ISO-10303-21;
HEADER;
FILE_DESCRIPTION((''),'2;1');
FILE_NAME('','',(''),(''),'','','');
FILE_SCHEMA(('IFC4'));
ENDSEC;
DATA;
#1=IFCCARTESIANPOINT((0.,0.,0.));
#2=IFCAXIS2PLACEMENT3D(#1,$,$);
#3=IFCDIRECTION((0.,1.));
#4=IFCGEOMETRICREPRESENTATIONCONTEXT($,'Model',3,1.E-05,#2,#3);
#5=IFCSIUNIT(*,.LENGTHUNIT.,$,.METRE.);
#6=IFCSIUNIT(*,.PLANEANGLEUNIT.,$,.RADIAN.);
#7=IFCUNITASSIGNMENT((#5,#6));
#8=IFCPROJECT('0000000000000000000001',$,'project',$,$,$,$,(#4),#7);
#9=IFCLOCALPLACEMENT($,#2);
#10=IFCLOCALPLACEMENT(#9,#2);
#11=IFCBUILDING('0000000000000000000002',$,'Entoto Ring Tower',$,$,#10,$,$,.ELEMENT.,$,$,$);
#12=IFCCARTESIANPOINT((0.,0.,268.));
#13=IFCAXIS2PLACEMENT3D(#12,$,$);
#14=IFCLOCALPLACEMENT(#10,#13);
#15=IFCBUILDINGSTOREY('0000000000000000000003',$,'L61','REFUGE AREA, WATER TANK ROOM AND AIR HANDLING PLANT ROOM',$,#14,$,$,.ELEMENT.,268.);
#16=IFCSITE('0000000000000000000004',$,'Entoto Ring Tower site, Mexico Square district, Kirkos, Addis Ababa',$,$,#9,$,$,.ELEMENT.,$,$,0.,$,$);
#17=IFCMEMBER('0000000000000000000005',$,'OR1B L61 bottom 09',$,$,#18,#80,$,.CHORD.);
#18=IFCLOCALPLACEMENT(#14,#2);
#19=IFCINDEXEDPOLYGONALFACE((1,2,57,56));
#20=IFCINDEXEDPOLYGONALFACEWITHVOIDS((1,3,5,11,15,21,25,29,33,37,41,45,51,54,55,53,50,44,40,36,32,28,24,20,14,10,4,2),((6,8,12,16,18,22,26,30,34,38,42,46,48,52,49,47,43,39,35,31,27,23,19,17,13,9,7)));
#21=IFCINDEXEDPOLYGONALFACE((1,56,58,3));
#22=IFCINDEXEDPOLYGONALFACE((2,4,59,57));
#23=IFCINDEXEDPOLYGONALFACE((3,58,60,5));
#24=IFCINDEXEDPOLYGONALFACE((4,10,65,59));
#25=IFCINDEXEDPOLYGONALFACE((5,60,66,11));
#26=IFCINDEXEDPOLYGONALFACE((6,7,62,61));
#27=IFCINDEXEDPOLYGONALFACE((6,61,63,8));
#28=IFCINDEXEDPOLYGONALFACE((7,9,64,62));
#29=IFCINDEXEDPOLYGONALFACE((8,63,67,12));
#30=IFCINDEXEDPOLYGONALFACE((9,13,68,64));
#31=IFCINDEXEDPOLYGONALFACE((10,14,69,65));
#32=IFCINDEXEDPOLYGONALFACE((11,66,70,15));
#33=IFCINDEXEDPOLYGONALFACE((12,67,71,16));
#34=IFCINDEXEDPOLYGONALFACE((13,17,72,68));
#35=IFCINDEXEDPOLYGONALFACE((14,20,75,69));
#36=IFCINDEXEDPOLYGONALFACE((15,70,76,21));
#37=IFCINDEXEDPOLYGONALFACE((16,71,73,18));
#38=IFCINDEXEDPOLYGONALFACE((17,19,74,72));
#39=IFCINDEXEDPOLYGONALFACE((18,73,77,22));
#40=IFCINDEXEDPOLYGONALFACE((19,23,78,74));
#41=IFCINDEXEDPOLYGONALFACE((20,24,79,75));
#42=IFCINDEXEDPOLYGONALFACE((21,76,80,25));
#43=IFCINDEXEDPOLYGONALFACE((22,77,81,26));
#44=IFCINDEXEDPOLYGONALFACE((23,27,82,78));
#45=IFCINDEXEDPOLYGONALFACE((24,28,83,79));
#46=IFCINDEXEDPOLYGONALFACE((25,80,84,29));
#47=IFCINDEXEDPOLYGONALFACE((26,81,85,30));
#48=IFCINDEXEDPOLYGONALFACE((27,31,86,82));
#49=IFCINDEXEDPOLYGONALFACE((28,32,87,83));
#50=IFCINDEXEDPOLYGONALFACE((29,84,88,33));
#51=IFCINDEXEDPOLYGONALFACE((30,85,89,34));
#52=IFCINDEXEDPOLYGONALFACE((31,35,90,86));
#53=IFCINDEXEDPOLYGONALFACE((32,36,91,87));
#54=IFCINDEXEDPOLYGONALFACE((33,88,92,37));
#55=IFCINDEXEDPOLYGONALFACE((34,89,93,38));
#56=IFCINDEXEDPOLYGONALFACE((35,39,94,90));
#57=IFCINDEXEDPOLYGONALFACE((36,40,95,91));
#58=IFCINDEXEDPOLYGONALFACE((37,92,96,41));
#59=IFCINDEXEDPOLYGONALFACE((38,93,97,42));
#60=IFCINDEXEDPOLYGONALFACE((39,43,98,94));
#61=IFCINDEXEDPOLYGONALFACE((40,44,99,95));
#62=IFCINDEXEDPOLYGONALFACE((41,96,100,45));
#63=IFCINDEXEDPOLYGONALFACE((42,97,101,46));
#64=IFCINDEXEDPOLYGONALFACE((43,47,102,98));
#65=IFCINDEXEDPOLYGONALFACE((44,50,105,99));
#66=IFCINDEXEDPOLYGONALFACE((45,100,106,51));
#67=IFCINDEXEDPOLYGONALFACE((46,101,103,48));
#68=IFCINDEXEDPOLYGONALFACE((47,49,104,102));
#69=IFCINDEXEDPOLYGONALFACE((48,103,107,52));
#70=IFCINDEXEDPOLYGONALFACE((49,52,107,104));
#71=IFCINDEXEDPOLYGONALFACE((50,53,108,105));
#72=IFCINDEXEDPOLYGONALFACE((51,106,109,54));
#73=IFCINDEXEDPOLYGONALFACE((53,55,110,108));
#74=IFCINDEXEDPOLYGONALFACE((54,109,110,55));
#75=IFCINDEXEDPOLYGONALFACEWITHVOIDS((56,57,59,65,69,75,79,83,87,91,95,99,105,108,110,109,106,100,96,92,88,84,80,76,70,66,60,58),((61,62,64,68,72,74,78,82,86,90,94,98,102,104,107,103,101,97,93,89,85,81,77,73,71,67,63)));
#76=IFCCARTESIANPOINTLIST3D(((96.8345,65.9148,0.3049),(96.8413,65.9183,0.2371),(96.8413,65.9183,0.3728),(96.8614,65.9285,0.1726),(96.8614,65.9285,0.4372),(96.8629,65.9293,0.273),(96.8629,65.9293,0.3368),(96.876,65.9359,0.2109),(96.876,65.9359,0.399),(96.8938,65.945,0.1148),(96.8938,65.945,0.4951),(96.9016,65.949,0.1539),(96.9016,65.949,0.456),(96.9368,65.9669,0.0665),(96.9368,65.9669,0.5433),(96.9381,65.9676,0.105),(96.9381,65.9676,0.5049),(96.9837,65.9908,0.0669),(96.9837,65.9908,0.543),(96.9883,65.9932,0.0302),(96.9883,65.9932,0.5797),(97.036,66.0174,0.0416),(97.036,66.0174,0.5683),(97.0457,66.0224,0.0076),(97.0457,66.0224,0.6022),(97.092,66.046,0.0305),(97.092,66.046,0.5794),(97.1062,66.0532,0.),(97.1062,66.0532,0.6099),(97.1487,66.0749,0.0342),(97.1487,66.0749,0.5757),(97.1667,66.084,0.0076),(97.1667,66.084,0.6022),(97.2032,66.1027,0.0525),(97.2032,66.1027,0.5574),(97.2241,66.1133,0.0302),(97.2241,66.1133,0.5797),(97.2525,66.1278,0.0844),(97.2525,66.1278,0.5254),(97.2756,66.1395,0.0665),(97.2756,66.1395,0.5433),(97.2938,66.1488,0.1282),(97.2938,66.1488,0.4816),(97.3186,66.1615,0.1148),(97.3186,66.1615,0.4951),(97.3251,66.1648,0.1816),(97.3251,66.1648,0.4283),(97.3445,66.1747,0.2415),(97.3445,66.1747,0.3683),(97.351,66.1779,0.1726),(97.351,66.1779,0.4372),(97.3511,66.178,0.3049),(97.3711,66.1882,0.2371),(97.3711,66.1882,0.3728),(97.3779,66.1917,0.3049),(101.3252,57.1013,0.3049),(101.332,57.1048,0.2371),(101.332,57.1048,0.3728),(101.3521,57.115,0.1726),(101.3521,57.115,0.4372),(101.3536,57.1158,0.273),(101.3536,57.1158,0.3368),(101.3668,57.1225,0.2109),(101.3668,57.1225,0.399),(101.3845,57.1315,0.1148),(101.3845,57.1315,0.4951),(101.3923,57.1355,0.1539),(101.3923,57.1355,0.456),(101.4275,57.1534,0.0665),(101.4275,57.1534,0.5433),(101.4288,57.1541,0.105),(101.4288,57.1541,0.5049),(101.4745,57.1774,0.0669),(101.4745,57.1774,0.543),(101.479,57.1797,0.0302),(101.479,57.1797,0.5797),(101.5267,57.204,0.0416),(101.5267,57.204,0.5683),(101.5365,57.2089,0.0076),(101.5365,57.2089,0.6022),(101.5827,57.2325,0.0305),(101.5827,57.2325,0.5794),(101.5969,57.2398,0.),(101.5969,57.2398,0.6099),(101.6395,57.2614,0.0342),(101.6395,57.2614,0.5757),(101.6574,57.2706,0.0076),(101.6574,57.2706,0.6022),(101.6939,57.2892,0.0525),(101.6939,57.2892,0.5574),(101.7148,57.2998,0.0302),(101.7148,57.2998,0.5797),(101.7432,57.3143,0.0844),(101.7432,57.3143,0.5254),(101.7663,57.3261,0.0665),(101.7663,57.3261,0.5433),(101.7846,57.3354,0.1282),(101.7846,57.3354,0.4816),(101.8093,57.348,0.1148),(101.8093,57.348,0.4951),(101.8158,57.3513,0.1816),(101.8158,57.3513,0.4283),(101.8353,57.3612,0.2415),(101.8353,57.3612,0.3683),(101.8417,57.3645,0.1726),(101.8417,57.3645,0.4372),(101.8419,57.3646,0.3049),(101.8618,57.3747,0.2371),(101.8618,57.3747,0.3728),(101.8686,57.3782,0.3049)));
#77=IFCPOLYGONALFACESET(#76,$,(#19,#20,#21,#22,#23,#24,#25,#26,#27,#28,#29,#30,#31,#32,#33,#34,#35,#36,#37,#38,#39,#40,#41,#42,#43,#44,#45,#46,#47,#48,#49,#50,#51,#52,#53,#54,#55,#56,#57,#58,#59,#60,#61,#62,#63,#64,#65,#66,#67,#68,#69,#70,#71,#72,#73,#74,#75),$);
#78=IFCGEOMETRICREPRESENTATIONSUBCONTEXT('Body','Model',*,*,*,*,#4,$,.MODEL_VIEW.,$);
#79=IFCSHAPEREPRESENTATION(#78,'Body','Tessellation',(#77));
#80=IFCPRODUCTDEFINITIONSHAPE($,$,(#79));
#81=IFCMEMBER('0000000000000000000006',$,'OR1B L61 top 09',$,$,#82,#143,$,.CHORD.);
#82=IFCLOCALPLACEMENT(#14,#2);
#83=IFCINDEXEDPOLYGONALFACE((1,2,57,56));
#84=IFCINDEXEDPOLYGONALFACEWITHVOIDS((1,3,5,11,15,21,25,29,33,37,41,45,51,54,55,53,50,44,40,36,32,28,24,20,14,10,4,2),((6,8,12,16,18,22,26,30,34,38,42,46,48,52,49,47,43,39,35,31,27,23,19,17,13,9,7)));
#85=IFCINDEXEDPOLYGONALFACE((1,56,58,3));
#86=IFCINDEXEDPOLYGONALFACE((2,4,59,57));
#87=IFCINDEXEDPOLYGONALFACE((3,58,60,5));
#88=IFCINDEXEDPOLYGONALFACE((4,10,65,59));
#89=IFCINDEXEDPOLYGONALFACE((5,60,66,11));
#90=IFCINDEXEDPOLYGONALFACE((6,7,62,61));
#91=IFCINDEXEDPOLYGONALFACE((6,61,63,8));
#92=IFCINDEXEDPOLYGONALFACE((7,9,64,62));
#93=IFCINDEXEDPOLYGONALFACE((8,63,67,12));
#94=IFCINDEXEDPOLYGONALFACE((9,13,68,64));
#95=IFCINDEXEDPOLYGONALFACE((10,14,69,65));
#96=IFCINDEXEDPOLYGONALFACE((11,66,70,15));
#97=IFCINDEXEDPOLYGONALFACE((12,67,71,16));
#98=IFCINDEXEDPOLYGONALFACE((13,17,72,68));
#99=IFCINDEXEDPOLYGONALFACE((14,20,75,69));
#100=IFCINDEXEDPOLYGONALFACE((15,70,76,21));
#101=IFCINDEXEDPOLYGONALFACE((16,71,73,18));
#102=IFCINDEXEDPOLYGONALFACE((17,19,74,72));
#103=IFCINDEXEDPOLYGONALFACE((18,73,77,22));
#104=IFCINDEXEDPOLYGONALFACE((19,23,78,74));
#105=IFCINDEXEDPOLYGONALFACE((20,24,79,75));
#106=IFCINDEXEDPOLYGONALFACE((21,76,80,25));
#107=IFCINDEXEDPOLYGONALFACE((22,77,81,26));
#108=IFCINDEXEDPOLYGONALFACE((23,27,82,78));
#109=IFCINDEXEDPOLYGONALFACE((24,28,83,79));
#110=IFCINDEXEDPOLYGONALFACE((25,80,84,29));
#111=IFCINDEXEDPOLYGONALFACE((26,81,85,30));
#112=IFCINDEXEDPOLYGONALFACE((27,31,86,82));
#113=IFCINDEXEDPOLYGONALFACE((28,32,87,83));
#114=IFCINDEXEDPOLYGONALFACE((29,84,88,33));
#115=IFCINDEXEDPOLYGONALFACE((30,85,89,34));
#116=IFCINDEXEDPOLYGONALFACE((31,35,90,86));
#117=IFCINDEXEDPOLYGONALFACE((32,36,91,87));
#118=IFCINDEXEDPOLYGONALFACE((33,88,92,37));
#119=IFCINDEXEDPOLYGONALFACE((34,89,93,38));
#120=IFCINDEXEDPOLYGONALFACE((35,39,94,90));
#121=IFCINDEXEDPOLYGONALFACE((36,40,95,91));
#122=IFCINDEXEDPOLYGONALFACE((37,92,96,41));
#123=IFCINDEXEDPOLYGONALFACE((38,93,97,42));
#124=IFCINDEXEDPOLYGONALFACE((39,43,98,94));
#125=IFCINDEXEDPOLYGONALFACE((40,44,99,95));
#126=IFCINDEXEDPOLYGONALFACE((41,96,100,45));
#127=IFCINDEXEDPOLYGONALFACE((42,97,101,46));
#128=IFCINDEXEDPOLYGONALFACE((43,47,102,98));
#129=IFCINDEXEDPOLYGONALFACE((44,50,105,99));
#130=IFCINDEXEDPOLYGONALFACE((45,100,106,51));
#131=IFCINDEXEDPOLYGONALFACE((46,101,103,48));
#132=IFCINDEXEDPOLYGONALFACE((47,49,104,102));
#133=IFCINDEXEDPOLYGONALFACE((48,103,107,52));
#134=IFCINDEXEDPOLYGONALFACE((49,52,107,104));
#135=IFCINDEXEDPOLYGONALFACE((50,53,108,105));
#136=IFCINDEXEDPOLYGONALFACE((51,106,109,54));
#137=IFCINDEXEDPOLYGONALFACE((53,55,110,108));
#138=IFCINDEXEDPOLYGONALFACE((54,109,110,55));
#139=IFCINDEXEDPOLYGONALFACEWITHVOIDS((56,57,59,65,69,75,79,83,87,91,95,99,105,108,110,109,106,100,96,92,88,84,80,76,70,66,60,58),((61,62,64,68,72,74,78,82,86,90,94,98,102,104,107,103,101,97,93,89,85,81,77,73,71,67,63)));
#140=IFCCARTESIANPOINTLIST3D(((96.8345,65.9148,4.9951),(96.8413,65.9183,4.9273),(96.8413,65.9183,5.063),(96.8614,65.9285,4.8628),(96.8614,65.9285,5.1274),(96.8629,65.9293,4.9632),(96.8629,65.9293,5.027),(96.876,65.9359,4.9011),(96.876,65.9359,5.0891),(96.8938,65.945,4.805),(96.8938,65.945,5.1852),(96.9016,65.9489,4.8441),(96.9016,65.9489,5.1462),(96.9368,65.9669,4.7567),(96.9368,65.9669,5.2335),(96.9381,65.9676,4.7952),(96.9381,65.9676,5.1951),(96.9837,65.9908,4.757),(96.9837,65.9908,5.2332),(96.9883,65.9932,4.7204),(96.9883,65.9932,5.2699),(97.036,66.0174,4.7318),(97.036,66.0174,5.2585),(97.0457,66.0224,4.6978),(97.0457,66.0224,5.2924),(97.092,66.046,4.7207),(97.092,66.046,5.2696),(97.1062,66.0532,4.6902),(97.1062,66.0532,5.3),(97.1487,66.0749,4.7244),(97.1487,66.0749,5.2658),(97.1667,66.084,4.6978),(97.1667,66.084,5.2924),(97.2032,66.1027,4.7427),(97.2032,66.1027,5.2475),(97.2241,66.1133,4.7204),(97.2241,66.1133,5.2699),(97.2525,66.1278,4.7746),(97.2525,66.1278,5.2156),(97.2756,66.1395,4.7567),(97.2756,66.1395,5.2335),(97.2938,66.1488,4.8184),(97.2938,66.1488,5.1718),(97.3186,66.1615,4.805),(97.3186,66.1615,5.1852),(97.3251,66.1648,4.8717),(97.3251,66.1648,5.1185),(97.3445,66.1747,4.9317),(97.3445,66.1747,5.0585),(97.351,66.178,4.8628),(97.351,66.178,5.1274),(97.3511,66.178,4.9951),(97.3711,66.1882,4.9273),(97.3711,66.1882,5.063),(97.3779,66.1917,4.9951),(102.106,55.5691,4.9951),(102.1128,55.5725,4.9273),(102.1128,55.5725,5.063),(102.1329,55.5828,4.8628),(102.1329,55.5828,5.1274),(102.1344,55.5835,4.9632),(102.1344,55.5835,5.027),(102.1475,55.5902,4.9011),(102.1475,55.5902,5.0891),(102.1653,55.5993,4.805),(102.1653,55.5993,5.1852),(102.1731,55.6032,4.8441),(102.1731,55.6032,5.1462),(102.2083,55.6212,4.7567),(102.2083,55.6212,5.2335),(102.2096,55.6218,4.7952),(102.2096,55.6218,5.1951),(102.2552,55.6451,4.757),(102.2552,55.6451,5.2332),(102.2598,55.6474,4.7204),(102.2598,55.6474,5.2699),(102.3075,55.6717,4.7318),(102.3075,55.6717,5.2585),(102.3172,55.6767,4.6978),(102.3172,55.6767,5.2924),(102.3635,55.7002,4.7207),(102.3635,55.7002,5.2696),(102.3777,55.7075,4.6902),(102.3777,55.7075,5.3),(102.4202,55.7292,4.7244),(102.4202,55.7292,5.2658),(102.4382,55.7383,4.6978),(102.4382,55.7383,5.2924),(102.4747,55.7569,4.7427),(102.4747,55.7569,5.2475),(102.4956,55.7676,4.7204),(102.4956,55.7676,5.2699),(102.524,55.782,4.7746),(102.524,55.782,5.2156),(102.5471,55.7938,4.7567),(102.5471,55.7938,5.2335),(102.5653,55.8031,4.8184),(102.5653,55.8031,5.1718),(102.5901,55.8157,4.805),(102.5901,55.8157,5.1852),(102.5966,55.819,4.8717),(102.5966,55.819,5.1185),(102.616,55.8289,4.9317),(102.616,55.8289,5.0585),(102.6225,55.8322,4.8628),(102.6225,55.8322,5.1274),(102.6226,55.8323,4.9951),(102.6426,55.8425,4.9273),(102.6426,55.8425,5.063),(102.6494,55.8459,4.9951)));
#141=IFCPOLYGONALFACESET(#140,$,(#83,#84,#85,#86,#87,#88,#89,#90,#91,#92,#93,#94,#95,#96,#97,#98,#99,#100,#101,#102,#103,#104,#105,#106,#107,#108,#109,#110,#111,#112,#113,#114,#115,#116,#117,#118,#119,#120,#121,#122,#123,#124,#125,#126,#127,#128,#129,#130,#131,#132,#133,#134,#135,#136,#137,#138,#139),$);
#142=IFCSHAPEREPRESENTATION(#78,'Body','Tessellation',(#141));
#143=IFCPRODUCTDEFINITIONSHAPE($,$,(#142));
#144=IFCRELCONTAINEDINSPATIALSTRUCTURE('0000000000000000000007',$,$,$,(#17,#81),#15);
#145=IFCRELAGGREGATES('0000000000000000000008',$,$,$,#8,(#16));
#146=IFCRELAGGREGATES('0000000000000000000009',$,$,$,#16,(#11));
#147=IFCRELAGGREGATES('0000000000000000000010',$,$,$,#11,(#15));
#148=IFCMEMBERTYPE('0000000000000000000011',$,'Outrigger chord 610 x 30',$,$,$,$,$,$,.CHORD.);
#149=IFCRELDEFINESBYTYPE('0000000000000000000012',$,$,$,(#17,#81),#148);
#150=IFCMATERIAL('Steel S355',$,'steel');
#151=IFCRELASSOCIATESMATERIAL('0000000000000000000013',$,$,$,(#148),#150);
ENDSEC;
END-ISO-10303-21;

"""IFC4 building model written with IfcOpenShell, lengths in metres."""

from ifc_helpers import new_model, si_unit, direction, frame, origin, origin_2d, place, context, subcontext, project, spatial, circle, hollow_circle, extrude, material, material_profile, profile_set, type_object, element, save


model = new_model("IFC4")

# Units and contexts
model_context = context("Model", 3, precision=1e-05, world=origin(), true_north=direction((0.0, 1.0)))
body_context = subcontext(model_context, "Body", "Model", "MODEL_VIEW")
ifc_project = project(units=[si_unit("LENGTHUNIT", "METRE"), si_unit("PLANEANGLEUNIT", "RADIAN")], contexts=[model_context])

# Site, building, storey
site_placement = place(None, origin())
site = spatial("IfcSite", under=ifc_project, at=site_placement, Name="Entoto Ring Tower site, Mexico Square district, Kirkos, Addis Ababa", CompositionType="ELEMENT", RefElevation=0.0)
building_placement = place(site_placement, origin())
building = spatial("IfcBuilding", under=site, at=building_placement, Name="Entoto Ring Tower", CompositionType="ELEMENT")
storey_placement = place(building_placement, frame((0.0, 0.0, 268.0)))
storey = spatial("IfcBuildingStorey", under=building, at=storey_placement, Name="L61", Description="REFUGE AREA, WATER TANK ROOM AND AIR HANDLING PLANT ROOM", CompositionType="ELEMENT", Elevation=268.0)

# Members
ifc_material_1 = material(Name="Steel S355", Category="steel")
ifc_material_profile_1 = material_profile(ifc_material_1, hollow_circle(Radius=0.3049, WallThickness=0.03, at=origin_2d()), Name="CHS 610 x 30")
ifc_material_2 = material(Name="Concrete C60/75", Category="concrete")
ifc_material_profile_2 = material_profile(ifc_material_2, circle(Radius=0.2749, at=origin_2d()), Name="Concrete C60/75 infill")
ifc_profile_set_1 = profile_set([ifc_material_profile_1, ifc_material_profile_2], Name="Steel S355")
member_type_1 = type_object("IfcMemberType", Name="Outrigger chord 610 x 30", PredefinedType="CHORD", material=ifc_profile_set_1)
member_1_placement = place(storey_placement, frame((97.1062, 66.0532, 0.3049), z_axis=(0.453993, -0.891005, 0.0), x_axis=(0.891005, 0.453993, 0.0)))
element("IfcMember", 1, at=member_1_placement, inside=storey, type_object=member_type_1, Name="OR1B L61 bottom 09", PredefinedType="CHORD", context=body_context, shape_type="SweptSolid", body=[
    extrude(hollow_circle(Radius=0.3049, WallThickness=0.03, at=origin_2d()), origin(), (0.0, 0.0, 1.0), 9.8916),
])
member_2_placement = place(storey_placement, frame((97.1062, 66.0532, 4.9951), z_axis=(0.453996, -0.891004, 0.0), x_axis=(0.891004, 0.453996, 0.0)))
element("IfcMember", 2, at=member_2_placement, inside=storey, type_object=member_type_1, Name="OR1B L61 top 09", PredefinedType="CHORD", context=body_context, shape_type="SweptSolid", body=[
    extrude(hollow_circle(Radius=0.3049, WallThickness=0.03, at=origin_2d()), origin(), (0.0, 0.0, 1.0), 11.6113),
])

save(model, "model.ifc")
